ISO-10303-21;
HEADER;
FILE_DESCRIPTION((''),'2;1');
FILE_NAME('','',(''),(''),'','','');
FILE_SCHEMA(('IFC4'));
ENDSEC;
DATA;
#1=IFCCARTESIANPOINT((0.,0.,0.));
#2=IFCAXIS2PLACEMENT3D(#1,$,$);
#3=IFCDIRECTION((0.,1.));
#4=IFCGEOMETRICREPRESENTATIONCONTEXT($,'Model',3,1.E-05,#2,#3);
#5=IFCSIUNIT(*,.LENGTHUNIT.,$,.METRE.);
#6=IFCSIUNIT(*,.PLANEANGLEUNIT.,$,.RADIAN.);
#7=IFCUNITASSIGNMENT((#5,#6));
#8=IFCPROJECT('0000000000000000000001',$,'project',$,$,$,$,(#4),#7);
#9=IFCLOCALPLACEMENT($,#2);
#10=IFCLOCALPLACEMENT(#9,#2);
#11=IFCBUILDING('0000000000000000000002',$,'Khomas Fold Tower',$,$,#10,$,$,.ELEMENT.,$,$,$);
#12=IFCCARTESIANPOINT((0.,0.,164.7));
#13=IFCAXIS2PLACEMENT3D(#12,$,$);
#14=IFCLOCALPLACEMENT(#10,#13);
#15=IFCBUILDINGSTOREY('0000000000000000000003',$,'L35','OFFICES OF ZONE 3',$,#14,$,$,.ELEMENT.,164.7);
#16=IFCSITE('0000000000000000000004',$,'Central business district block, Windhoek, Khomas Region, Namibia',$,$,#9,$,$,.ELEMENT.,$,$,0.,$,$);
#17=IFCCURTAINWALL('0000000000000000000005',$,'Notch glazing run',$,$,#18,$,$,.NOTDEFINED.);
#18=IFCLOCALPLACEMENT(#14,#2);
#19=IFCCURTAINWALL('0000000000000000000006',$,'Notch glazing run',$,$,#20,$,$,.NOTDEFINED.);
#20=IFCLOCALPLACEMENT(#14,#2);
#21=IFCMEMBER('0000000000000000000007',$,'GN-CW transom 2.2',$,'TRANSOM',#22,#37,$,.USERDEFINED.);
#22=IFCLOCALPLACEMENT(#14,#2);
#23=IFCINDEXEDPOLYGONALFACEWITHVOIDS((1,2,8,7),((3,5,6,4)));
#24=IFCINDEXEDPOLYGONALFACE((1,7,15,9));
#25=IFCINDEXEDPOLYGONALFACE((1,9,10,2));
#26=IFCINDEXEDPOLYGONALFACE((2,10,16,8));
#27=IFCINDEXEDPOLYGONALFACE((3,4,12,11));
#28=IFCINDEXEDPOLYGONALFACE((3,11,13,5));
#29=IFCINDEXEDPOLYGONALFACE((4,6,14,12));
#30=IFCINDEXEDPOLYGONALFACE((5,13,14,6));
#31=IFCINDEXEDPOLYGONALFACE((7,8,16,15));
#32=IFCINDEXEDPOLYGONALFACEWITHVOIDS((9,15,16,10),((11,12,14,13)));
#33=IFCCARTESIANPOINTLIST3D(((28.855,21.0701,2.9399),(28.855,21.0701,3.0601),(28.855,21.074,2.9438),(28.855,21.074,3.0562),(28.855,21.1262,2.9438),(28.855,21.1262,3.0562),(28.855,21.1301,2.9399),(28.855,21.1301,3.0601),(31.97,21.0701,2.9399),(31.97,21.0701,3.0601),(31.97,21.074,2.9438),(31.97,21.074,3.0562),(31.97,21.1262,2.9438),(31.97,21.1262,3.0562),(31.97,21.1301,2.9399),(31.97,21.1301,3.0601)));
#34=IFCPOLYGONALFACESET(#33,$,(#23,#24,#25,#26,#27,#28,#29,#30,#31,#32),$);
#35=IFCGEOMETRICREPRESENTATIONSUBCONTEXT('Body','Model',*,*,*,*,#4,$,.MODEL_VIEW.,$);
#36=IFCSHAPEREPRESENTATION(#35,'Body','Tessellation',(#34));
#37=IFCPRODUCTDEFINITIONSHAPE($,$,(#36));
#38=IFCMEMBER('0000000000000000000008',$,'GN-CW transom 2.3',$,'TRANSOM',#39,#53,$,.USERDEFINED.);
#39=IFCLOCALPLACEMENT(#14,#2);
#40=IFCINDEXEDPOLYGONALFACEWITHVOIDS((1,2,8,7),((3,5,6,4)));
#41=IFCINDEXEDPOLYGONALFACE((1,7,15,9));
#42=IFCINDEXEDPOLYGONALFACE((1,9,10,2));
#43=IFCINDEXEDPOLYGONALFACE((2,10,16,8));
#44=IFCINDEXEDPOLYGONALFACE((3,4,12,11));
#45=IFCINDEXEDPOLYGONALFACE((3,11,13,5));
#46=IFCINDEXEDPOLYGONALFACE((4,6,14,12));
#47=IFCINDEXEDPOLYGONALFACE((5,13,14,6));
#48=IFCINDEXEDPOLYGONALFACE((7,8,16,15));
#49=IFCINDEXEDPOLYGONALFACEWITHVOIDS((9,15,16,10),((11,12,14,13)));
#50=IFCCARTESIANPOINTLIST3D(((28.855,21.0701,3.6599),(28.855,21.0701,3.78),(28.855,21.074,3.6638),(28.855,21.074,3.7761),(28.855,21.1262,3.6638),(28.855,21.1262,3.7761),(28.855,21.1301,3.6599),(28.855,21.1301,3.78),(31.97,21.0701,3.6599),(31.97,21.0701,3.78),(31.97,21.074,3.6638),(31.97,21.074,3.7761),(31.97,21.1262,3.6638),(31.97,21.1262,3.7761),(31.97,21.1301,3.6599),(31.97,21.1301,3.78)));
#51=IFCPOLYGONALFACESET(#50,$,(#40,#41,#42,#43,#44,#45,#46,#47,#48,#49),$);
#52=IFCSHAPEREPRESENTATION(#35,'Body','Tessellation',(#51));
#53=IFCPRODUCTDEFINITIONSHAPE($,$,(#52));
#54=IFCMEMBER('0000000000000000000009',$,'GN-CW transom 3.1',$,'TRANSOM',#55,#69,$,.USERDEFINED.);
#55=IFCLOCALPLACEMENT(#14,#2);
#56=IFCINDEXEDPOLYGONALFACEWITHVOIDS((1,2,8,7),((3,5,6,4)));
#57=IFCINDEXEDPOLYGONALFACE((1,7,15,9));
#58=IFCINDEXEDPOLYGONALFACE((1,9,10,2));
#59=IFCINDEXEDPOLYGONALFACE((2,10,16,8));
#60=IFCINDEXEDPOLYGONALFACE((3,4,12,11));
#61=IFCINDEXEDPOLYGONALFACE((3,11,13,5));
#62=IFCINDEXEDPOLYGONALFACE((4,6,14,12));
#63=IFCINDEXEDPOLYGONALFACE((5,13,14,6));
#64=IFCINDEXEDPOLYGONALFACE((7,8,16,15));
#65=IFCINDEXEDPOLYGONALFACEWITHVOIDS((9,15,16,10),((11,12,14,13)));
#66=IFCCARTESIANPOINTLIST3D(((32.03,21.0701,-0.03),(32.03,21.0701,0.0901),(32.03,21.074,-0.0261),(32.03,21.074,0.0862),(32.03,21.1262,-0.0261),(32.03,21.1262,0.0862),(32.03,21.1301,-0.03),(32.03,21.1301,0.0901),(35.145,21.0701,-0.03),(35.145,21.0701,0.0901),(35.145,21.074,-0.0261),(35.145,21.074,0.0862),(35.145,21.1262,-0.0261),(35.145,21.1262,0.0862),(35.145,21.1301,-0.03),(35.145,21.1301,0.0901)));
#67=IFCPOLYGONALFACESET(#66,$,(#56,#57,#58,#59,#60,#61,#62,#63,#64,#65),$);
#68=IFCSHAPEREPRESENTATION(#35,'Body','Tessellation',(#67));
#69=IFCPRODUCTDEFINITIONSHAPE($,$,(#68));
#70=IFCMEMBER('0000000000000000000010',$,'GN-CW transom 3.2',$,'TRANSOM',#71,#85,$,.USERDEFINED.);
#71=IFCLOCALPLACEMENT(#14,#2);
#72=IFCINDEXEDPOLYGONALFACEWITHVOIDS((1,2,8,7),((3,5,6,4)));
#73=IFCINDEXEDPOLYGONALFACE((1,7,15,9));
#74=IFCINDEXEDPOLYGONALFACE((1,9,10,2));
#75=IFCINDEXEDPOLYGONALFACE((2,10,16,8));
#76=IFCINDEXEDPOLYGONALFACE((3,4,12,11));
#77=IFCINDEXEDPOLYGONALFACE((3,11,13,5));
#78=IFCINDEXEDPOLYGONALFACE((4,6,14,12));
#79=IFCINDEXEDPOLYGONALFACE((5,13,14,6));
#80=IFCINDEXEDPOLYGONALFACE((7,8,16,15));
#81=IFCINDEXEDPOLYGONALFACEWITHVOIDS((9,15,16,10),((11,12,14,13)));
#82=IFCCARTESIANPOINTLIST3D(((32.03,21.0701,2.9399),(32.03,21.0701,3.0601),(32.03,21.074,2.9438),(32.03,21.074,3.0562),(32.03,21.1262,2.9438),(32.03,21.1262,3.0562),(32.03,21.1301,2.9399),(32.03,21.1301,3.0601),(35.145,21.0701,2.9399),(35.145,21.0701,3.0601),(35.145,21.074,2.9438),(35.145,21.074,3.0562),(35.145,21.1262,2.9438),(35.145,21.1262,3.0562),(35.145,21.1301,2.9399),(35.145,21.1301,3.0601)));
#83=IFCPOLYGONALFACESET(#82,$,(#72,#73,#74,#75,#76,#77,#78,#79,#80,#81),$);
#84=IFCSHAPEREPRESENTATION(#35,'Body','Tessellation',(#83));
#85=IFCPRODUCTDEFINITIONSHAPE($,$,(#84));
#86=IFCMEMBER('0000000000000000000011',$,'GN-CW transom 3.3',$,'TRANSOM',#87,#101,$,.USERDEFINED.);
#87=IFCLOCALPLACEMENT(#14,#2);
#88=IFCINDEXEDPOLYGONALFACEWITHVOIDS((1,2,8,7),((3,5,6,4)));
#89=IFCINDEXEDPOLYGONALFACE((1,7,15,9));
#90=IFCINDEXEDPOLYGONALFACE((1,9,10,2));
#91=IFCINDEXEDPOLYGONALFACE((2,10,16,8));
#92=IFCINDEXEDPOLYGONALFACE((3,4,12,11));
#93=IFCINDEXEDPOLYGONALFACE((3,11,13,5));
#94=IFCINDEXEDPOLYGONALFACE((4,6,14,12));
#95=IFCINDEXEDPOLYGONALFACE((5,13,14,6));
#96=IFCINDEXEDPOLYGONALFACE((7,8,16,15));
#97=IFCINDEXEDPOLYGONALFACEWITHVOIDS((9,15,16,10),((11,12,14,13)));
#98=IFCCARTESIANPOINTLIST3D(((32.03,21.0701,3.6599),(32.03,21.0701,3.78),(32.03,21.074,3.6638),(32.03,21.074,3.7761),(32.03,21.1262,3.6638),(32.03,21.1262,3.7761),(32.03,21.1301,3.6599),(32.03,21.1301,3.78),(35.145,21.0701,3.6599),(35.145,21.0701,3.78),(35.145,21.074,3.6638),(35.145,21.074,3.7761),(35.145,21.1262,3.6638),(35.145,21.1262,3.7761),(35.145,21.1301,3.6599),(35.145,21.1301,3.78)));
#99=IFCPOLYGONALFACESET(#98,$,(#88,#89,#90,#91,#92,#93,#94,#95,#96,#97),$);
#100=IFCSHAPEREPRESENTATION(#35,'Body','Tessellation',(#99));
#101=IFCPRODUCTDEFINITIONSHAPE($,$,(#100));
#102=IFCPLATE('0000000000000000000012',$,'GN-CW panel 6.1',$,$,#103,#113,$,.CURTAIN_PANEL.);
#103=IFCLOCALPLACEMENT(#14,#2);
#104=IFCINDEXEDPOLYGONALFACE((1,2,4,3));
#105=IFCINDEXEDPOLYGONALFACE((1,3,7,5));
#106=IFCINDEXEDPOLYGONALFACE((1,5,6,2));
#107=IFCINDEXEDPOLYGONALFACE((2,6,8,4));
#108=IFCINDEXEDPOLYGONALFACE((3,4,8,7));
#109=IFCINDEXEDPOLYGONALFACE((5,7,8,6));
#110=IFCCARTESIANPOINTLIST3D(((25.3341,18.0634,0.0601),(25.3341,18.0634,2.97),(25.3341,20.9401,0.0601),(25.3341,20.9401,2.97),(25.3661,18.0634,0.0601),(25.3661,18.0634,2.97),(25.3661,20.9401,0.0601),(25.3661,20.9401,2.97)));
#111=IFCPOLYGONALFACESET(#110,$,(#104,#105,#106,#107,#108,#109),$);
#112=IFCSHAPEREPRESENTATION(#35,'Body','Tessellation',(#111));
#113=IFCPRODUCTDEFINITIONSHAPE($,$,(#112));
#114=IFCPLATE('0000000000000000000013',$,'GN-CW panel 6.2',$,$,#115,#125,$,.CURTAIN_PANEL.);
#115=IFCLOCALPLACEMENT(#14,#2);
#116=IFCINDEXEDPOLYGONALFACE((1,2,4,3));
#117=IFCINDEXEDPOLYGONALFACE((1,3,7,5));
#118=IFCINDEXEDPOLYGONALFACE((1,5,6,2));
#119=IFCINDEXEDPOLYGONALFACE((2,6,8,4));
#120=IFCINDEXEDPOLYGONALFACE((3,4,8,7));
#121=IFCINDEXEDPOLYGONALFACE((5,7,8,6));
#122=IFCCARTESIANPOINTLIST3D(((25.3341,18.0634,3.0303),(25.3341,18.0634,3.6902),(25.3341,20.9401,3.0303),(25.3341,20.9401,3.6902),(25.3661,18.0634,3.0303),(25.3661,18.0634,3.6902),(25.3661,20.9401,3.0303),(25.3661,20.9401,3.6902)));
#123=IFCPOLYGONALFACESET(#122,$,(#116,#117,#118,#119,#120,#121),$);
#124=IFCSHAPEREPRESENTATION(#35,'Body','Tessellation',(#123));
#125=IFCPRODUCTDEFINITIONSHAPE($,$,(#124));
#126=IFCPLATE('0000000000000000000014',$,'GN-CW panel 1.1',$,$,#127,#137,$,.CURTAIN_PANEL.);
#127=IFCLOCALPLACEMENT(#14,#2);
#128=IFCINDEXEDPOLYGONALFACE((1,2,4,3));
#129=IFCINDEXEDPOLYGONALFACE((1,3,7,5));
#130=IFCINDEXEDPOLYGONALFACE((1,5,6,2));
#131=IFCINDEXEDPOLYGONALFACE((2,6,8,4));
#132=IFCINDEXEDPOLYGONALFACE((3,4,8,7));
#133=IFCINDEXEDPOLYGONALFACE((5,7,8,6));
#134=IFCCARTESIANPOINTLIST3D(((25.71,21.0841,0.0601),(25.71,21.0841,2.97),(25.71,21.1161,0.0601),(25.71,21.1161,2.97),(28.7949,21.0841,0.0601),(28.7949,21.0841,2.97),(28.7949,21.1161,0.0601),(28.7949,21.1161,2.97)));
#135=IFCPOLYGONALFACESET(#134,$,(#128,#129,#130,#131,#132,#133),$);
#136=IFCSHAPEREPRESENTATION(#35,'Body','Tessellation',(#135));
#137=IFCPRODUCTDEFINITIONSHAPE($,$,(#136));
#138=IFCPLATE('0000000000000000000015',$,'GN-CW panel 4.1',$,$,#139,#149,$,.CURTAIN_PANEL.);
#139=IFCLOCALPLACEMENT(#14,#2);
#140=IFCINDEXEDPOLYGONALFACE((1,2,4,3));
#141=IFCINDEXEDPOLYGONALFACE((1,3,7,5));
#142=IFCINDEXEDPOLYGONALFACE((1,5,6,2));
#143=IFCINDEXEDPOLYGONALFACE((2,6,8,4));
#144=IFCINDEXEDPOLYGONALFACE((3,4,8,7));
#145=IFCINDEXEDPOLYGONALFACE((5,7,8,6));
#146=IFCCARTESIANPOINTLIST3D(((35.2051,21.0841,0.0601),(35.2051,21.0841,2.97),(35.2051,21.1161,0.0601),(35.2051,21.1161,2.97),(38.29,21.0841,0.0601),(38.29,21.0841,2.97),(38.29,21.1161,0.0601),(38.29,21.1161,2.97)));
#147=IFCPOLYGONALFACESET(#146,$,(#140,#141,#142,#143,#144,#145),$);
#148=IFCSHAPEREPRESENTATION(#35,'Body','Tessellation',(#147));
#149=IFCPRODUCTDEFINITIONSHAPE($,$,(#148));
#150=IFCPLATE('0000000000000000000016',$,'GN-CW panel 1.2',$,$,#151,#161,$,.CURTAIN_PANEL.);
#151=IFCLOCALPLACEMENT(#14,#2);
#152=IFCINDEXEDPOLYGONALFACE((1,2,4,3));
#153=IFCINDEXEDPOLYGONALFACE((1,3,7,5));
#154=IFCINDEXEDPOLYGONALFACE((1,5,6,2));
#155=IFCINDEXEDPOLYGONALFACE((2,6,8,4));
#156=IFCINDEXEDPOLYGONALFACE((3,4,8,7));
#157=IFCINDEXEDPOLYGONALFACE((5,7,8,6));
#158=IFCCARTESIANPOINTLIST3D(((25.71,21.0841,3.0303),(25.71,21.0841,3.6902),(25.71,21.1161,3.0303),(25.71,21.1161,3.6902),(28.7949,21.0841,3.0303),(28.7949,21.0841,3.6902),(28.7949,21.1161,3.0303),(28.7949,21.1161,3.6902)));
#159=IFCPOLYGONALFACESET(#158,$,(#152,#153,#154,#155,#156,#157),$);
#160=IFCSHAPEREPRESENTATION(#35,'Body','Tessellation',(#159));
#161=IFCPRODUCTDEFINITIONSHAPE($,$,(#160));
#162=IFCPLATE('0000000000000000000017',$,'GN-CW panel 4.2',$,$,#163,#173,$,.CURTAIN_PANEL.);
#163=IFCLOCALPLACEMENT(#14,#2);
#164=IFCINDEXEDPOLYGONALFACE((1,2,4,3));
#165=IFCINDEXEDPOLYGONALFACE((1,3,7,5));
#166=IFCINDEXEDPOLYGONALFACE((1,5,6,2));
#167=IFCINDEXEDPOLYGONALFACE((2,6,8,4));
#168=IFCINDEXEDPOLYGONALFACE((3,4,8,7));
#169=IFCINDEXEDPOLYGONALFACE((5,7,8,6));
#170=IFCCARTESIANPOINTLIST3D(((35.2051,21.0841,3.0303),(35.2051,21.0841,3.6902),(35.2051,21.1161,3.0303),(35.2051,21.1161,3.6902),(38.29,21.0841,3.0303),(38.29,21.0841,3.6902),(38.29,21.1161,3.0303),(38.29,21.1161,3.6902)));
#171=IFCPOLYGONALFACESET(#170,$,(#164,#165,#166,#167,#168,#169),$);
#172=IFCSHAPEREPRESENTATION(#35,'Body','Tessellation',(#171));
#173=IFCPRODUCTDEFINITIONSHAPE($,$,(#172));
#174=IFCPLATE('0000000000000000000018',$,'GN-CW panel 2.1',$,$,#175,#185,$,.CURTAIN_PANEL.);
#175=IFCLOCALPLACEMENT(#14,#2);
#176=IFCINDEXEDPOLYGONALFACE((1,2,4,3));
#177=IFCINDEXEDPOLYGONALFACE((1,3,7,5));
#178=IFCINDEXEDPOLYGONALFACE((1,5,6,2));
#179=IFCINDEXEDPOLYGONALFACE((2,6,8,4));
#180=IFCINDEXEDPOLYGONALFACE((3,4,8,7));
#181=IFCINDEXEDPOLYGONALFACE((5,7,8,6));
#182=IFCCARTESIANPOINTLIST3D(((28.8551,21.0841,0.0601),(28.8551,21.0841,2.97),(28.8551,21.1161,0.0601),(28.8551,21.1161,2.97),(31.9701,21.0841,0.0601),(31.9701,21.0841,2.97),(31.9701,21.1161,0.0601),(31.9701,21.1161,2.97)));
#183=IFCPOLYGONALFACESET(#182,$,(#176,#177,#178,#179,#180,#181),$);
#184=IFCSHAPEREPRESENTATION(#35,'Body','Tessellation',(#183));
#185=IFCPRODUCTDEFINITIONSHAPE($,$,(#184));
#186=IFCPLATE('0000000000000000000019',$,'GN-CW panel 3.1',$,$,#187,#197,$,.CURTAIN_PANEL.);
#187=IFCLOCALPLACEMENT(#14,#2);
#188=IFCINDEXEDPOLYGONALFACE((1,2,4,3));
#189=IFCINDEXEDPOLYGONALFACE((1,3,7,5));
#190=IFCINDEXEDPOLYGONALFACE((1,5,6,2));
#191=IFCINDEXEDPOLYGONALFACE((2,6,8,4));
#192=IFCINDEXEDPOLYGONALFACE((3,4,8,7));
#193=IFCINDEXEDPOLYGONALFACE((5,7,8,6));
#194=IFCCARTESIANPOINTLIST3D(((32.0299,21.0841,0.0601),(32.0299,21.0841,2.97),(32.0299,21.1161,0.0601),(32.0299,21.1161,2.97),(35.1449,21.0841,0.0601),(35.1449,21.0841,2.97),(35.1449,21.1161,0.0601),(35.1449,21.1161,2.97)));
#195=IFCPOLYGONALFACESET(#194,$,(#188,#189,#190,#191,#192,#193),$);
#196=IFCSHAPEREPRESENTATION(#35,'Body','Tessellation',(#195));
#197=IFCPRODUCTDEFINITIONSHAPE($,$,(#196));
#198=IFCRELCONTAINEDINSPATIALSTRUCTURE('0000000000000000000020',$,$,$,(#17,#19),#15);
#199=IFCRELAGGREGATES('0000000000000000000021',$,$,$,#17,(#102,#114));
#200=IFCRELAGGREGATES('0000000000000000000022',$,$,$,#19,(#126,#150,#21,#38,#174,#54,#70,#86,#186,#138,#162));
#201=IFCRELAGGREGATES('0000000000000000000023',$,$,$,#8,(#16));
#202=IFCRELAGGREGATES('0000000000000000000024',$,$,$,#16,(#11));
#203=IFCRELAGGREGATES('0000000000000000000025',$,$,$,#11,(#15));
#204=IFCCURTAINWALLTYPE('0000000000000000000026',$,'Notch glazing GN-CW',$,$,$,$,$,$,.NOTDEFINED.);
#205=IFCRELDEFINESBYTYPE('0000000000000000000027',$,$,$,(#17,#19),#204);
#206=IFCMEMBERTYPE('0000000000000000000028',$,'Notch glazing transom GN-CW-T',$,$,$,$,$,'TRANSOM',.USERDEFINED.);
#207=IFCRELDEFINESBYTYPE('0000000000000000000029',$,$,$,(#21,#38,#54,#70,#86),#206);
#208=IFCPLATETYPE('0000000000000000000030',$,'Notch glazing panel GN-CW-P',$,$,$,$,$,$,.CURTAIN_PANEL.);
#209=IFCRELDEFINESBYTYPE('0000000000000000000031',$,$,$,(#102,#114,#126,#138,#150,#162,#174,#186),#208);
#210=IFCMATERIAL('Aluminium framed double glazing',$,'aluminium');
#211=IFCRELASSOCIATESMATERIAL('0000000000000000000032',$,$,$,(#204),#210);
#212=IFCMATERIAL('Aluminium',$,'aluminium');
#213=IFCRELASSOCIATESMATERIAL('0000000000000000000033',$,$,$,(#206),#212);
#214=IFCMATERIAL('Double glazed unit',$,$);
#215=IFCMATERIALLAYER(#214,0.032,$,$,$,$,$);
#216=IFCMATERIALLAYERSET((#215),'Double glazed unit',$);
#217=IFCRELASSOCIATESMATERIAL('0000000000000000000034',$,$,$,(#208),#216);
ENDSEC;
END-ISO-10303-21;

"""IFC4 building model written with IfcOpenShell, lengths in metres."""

from ifc_helpers import new_model, si_unit, direction, frame, origin, origin_2d, place, context, subcontext, project, spatial, rectangle, hollow_rectangle, extrude, source, transform, mapped, material, layer, layer_set, material_profile, profile_set, type_object, element, aggregate, save


model = new_model("IFC4")

# Units and contexts
model_context = context("Model", 3, precision=1e-05, world=origin(), true_north=direction((0.0, 1.0)))
body_context = subcontext(model_context, "Body", "Model", "MODEL_VIEW")
ifc_project = project(units=[si_unit("LENGTHUNIT", "METRE"), si_unit("PLANEANGLEUNIT", "RADIAN")], contexts=[model_context])

# Site, building, storey
site_placement = place(None, origin())
site = spatial("IfcSite", under=ifc_project, at=site_placement, Name="Central business district block, Windhoek, Khomas Region, Namibia", CompositionType="ELEMENT", RefElevation=0.0)
building_placement = place(site_placement, origin())
building = spatial("IfcBuilding", under=site, at=building_placement, Name="Khomas Fold Tower", CompositionType="ELEMENT")
storey_placement = place(building_placement, frame((0.0, 0.0, 164.7)))
storey = spatial("IfcBuildingStorey", under=building, at=storey_placement, Name="L35", Description="OFFICES OF ZONE 3", CompositionType="ELEMENT", Elevation=164.7)

# Curtain wall
ifc_material_1 = material(Name="Aluminium framed double glazing", Category="aluminium")
curtain_wall_type = type_object("IfcCurtainWallType", Name="Notch glazing GN-CW", PredefinedType="NOTDEFINED", material=ifc_material_1)
curtain_wall_1_placement = place(storey_placement, origin())
curtain_wall_1 = element("IfcCurtainWall", 1, at=curtain_wall_1_placement, inside=storey, type_object=curtain_wall_type, Name="Notch glazing run", PredefinedType="NOTDEFINED")

# Curtain wall, members
curtain_wall_2_placement = place(storey_placement, origin())
curtain_wall_2 = element("IfcCurtainWall", 2, at=curtain_wall_2_placement, inside=storey, type_object=curtain_wall_type, Name="Notch glazing run", PredefinedType="NOTDEFINED")
ifc_material_2 = material(Name="Aluminium", Category="aluminium")
ifc_material_profile_1 = material_profile(ifc_material_2, hollow_rectangle(XDim=0.0601, YDim=0.1201, WallThickness=0.0039, at=origin_2d()), Name="Notch glazing transom GN-CW-T")
ifc_profile_set_1 = profile_set([ifc_material_profile_1], Name="Aluminium")
member_type_1 = type_object("IfcMemberType", Name="Notch glazing transom GN-CW-T", ElementType="TRANSOM", PredefinedType="USERDEFINED", material=ifc_profile_set_1)
shared_shape_1 = source(origin(), body_context, "Body", "SweptSolid", [
    extrude(hollow_rectangle(XDim=0.0601, YDim=0.1201, WallThickness=0.0039, at=origin_2d()), origin(), (0.0, 0.0, 1.0), 3.115),
])
member_1_placement = place(storey_placement, frame((28.855, 21.1001, 3.0), z_axis=(1.0, 0.0, 0.0), x_axis=(0.0, 1.0, 0.0)))
member_1 = element("IfcMember", 3, at=member_1_placement, type_object=member_type_1, Name="GN-CW transom 2.2", ObjectType="TRANSOM", PredefinedType="USERDEFINED", context=body_context, shape_type="MappedRepresentation", body=[
    mapped(shared_shape_1, transform((0.0, 0.0, 0.0))),
])
member_2_placement = place(storey_placement, frame((28.855, 21.1001, 3.72), z_axis=(1.0, 0.0, 0.0), x_axis=(0.0, 1.0, 0.0)))
member_2 = element("IfcMember", 4, at=member_2_placement, type_object=member_type_1, Name="GN-CW transom 2.3", ObjectType="TRANSOM", PredefinedType="USERDEFINED", context=body_context, shape_type="MappedRepresentation", body=[
    mapped(shared_shape_1, transform((0.0, 0.0, 0.0))),
])
member_3_placement = place(storey_placement, frame((32.03, 21.1001, 0.03), z_axis=(1.0, 0.0, 0.0), x_axis=(0.0, 1.0, 0.0)))
member_3 = element("IfcMember", 5, at=member_3_placement, type_object=member_type_1, Name="GN-CW transom 3.1", ObjectType="TRANSOM", PredefinedType="USERDEFINED", context=body_context, shape_type="MappedRepresentation", body=[
    mapped(shared_shape_1, transform((0.0, 0.0, 0.0))),
])
member_4_placement = place(storey_placement, frame((32.03, 21.1001, 3.0), z_axis=(1.0, 0.0, 0.0), x_axis=(0.0, 1.0, 0.0)))
member_4 = element("IfcMember", 6, at=member_4_placement, type_object=member_type_1, Name="GN-CW transom 3.2", ObjectType="TRANSOM", PredefinedType="USERDEFINED", context=body_context, shape_type="MappedRepresentation", body=[
    mapped(shared_shape_1, transform((0.0, 0.0, 0.0))),
])
member_5_placement = place(storey_placement, frame((32.03, 21.1001, 3.72), z_axis=(1.0, 0.0, 0.0), x_axis=(0.0, 1.0, 0.0)))
member_5 = element("IfcMember", 7, at=member_5_placement, type_object=member_type_1, Name="GN-CW transom 3.3", ObjectType="TRANSOM", PredefinedType="USERDEFINED", context=body_context, shape_type="MappedRepresentation", body=[
    mapped(shared_shape_1, transform((0.0, 0.0, 0.0))),
])

# Plates
ifc_material_3 = material(Name="Double glazed unit")
ifc_layer_1 = layer(ifc_material_3, 0.032)
ifc_layer_set_1 = layer_set([ifc_layer_1], Name="Double glazed unit")
plate_type = type_object("IfcPlateType", Name="Notch glazing panel GN-CW-P", PredefinedType="CURTAIN_PANEL", material=ifc_layer_set_1)
shared_shape_2 = source(origin(), body_context, "Body", "SweptSolid", [
    extrude(rectangle(XDim=2.8767, YDim=0.032, at=origin_2d()), origin(), (0.0, 0.0, 1.0), 2.9099),
])
plate_1_placement = place(storey_placement, frame((25.3501, 19.5017, 0.0601), z_axis=(0.0, 0.0, 1.0), x_axis=(0.0, 1.0, 0.0)))
plate_1 = element("IfcPlate", 8, at=plate_1_placement, type_object=plate_type, Name="GN-CW panel 6.1", PredefinedType="CURTAIN_PANEL", context=body_context, shape_type="MappedRepresentation", body=[
    mapped(shared_shape_2, transform((0.0, 0.0, 0.0))),
])
shared_shape_3 = source(origin(), body_context, "Body", "SweptSolid", [
    extrude(rectangle(XDim=2.8767, YDim=0.032, at=origin_2d()), origin(), (0.0, 0.0, 1.0), 0.6599),
])
plate_2_placement = place(storey_placement, frame((25.3501, 19.5017, 3.0303), z_axis=(0.0, 0.0, 1.0), x_axis=(0.0, 1.0, 0.0)))
plate_2 = element("IfcPlate", 9, at=plate_2_placement, type_object=plate_type, Name="GN-CW panel 6.2", PredefinedType="CURTAIN_PANEL", context=body_context, shape_type="MappedRepresentation", body=[
    mapped(shared_shape_3, transform((0.0, 0.0, 0.0))),
])
aggregate(curtain_wall_1, [plate_1, plate_2])
shared_shape_4 = source(origin(), body_context, "Body", "SweptSolid", [
    extrude(rectangle(XDim=3.085, YDim=0.032, at=origin_2d()), origin(), (0.0, 0.0, 1.0), 2.9099),
])
plate_3_placement = place(storey_placement, frame((27.2524, 21.1001, 0.0601), z_axis=(0.0, 0.0, 1.0), x_axis=(1.0, 0.0, 0.0)))
plate_3 = element("IfcPlate", 10, at=plate_3_placement, type_object=plate_type, Name="GN-CW panel 1.1", PredefinedType="CURTAIN_PANEL", context=body_context, shape_type="MappedRepresentation", body=[
    mapped(shared_shape_4, transform((0.0, 0.0, 0.0))),
])
plate_4_placement = place(storey_placement, frame((36.7476, 21.1001, 0.0601), z_axis=(0.0, 0.0, 1.0), x_axis=(1.0, 0.0, 0.0)))
plate_4 = element("IfcPlate", 11, at=plate_4_placement, type_object=plate_type, Name="GN-CW panel 4.1", PredefinedType="CURTAIN_PANEL", context=body_context, shape_type="MappedRepresentation", body=[
    mapped(shared_shape_4, transform((0.0, 0.0, 0.0))),
])
shared_shape_5 = source(origin(), body_context, "Body", "SweptSolid", [
    extrude(rectangle(XDim=3.085, YDim=0.032, at=origin_2d()), origin(), (0.0, 0.0, 1.0), 0.6599),
])
plate_5_placement = place(storey_placement, frame((27.2524, 21.1001, 3.0303), z_axis=(0.0, 0.0, 1.0), x_axis=(1.0, 0.0, 0.0)))
plate_5 = element("IfcPlate", 12, at=plate_5_placement, type_object=plate_type, Name="GN-CW panel 1.2", PredefinedType="CURTAIN_PANEL", context=body_context, shape_type="MappedRepresentation", body=[
    mapped(shared_shape_5, transform((0.0, 0.0, 0.0))),
])
plate_6_placement = place(storey_placement, frame((36.7476, 21.1001, 3.0303), z_axis=(0.0, 0.0, 1.0), x_axis=(1.0, 0.0, 0.0)))
plate_6 = element("IfcPlate", 13, at=plate_6_placement, type_object=plate_type, Name="GN-CW panel 4.2", PredefinedType="CURTAIN_PANEL", context=body_context, shape_type="MappedRepresentation", body=[
    mapped(shared_shape_5, transform((0.0, 0.0, 0.0))),
])
shared_shape_6 = source(origin(), body_context, "Body", "SweptSolid", [
    extrude(rectangle(XDim=3.115, YDim=0.032, at=origin_2d()), origin(), (0.0, 0.0, 1.0), 2.9099),
])
plate_7_placement = place(storey_placement, frame((30.4126, 21.1001, 0.0601), z_axis=(0.0, 0.0, 1.0), x_axis=(1.0, 0.0, 0.0)))
plate_7 = element("IfcPlate", 14, at=plate_7_placement, type_object=plate_type, Name="GN-CW panel 2.1", PredefinedType="CURTAIN_PANEL", context=body_context, shape_type="MappedRepresentation", body=[
    mapped(shared_shape_6, transform((0.0, 0.0, 0.0))),
])
plate_8_placement = place(storey_placement, frame((33.5874, 21.1001, 0.0601), z_axis=(0.0, 0.0, 1.0), x_axis=(1.0, 0.0, 0.0)))
plate_8 = element("IfcPlate", 15, at=plate_8_placement, type_object=plate_type, Name="GN-CW panel 3.1", PredefinedType="CURTAIN_PANEL", context=body_context, shape_type="MappedRepresentation", body=[
    mapped(shared_shape_6, transform((0.0, 0.0, 0.0))),
])
aggregate(curtain_wall_2, [plate_3, plate_5, member_1, member_2, plate_7, member_3, member_4, member_5, plate_8, plate_4, plate_6])

save(model, "model.ifc")
